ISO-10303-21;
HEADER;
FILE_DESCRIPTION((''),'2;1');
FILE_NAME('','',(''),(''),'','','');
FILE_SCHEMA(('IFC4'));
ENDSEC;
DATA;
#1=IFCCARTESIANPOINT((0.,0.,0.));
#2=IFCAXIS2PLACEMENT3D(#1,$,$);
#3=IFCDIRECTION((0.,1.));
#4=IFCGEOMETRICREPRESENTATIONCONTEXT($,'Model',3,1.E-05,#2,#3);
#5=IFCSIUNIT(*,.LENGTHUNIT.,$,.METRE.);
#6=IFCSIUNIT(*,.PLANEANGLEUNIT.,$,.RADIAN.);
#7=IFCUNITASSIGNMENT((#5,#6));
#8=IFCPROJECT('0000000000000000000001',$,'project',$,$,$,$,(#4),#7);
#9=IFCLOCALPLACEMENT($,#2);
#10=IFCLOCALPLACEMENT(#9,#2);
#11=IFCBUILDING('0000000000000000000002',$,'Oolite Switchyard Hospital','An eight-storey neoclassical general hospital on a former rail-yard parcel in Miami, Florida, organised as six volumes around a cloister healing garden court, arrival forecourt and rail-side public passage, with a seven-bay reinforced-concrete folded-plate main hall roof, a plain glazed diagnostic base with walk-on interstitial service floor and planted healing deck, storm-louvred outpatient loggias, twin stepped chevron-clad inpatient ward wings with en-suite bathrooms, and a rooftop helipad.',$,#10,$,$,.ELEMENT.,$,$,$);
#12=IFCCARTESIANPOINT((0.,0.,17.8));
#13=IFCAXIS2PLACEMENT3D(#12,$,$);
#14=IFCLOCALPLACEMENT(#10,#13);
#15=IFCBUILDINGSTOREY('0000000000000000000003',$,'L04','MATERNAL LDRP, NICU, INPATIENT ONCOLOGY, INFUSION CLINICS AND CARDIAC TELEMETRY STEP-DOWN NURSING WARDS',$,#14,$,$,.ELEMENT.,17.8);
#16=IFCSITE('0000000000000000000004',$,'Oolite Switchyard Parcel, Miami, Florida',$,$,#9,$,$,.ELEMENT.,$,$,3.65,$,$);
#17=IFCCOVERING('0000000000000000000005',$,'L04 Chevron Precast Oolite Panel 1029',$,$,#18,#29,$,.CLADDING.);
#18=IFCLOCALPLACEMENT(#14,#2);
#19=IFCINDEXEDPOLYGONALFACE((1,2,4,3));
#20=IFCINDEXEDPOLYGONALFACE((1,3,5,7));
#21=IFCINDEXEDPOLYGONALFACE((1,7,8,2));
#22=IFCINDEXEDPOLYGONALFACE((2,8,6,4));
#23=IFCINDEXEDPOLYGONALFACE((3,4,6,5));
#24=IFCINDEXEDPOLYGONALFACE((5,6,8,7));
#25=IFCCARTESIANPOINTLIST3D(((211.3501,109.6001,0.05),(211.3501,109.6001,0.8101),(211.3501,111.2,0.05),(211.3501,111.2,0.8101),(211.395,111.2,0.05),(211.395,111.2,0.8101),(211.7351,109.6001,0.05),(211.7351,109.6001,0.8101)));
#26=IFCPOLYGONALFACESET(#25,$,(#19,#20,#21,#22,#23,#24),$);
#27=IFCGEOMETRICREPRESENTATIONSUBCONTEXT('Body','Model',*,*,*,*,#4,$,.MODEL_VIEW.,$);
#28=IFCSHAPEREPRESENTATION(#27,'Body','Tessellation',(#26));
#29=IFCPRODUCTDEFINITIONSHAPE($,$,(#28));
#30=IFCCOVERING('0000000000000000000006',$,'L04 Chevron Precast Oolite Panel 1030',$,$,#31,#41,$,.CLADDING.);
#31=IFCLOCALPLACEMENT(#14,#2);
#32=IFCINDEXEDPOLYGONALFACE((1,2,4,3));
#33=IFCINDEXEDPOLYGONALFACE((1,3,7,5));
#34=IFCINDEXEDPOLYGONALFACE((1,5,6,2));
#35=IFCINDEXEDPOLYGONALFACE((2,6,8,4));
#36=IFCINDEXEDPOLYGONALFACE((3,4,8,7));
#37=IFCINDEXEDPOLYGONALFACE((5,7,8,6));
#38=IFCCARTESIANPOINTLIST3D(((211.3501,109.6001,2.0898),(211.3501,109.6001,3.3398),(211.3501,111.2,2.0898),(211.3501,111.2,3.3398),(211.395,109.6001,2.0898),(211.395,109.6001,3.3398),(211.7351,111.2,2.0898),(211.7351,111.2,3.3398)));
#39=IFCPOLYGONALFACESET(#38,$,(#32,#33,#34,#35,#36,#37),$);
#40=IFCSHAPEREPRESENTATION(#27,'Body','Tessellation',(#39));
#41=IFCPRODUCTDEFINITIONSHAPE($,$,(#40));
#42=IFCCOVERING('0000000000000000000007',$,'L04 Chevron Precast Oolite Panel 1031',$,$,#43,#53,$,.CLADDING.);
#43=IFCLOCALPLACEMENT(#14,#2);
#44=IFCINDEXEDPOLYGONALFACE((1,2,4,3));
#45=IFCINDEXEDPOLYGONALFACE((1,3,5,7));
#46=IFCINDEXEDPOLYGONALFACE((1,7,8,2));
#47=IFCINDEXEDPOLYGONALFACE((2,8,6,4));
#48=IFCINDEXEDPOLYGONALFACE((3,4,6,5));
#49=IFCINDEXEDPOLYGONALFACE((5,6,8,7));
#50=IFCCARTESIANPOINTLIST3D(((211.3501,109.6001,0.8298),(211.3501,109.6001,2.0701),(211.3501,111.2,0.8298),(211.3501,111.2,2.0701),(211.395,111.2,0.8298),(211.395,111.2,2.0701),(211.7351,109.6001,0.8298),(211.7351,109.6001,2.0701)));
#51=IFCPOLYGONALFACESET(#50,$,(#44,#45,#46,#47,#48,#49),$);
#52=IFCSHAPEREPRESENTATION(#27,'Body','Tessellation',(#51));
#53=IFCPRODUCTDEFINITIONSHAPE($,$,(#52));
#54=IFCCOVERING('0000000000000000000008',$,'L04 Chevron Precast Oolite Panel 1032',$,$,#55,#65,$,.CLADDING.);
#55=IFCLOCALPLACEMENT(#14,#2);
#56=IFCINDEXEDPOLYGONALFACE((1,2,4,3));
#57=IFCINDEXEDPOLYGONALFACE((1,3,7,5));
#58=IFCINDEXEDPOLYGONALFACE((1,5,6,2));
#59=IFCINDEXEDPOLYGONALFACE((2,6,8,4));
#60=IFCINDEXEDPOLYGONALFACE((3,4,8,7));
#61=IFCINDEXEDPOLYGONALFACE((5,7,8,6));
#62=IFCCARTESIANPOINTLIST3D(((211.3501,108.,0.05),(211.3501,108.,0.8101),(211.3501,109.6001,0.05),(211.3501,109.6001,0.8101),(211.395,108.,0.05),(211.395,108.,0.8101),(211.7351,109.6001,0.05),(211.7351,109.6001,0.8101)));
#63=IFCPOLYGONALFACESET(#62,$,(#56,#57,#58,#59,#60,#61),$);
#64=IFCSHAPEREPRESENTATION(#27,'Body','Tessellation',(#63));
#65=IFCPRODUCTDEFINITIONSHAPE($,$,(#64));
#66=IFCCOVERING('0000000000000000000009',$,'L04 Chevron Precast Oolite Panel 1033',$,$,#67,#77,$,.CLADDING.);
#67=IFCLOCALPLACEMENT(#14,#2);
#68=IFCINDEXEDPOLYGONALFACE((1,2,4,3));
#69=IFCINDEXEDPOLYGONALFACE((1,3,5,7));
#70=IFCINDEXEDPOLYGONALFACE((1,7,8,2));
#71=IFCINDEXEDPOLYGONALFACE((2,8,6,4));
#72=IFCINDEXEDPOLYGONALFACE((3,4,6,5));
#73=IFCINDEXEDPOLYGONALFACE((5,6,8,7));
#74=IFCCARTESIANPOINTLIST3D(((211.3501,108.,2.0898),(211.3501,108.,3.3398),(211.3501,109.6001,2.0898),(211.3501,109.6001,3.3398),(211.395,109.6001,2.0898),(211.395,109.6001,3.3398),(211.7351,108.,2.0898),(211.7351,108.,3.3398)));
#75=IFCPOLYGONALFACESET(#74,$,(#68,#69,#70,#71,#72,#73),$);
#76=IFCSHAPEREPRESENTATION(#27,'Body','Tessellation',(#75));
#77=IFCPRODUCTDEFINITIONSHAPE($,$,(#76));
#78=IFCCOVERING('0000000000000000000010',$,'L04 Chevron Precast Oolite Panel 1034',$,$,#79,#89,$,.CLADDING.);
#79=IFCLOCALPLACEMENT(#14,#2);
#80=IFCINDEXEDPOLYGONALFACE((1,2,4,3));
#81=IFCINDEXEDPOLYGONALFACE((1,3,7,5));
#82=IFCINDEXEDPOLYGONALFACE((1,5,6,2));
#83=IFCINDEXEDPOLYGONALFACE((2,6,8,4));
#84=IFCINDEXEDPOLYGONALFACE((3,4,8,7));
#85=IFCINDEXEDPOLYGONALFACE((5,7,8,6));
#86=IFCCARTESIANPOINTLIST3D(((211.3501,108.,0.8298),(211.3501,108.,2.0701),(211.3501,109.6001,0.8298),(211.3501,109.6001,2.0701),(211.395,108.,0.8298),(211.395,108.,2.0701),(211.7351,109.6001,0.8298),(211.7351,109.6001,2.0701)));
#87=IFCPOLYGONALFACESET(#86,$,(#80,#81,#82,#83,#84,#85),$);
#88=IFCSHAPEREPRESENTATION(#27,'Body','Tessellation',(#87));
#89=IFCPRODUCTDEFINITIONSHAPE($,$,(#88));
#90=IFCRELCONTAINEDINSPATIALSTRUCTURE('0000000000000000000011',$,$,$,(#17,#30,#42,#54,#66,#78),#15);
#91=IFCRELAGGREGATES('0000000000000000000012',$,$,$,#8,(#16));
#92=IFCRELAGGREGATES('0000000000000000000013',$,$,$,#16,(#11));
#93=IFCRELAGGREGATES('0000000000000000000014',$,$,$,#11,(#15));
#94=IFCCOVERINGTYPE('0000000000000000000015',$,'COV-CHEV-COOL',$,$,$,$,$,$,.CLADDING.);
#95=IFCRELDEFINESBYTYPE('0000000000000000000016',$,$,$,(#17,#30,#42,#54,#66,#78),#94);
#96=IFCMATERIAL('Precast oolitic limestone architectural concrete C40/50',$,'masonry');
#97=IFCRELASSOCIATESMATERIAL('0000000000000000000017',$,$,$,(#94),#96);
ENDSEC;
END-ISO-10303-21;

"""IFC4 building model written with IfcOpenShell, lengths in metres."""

from ifc_helpers import new_model, si_unit, direction, frame, origin, place, context, subcontext, project, spatial, polyline, outline, extrude, material, type_object, element, save


model = new_model("IFC4")

# Units and contexts
model_context = context("Model", 3, precision=1e-05, world=origin(), true_north=direction((0.0, 1.0)))
body_context = subcontext(model_context, "Body", "Model", "MODEL_VIEW")
ifc_project = project(units=[si_unit("LENGTHUNIT", "METRE"), si_unit("PLANEANGLEUNIT", "RADIAN")], contexts=[model_context])

# Site, building, storey
site_placement = place(None, origin())
site = spatial("IfcSite", under=ifc_project, at=site_placement, Name="Oolite Switchyard Parcel, Miami, Florida", CompositionType="ELEMENT", RefElevation=3.65)
building_placement = place(site_placement, origin())
building = spatial("IfcBuilding", under=site, at=building_placement, Name="Oolite Switchyard Hospital", Description="An eight-storey neoclassical general hospital on a former rail-yard parcel in Miami, Florida, organised as six volumes around a cloister healing garden court, arrival forecourt and rail-side public passage, with a seven-bay reinforced-concrete folded-plate main hall roof, a plain glazed diagnostic base with walk-on interstitial service floor and planted healing deck, storm-louvred outpatient loggias, twin stepped chevron-clad inpatient ward wings with en-suite bathrooms, and a rooftop helipad.", CompositionType="ELEMENT")
storey_placement = place(building_placement, frame((0.0, 0.0, 17.8)))
storey = spatial("IfcBuildingStorey", under=building, at=storey_placement, Name="L04", Description="MATERNAL LDRP, NICU, INPATIENT ONCOLOGY, INFUSION CLINICS AND CARDIAC TELEMETRY STEP-DOWN NURSING WARDS", CompositionType="ELEMENT", Elevation=17.8)

# Coverings
ifc_material_1 = material(Name="Precast oolitic limestone architectural concrete C40/50", Category="masonry")
covering_type = type_object("IfcCoveringType", Name="COV-CHEV-COOL", PredefinedType="CLADDING", material=ifc_material_1)
covering_1_placement = place(storey_placement, frame((211.3501, 111.2, 0.05), z_axis=(0.0, 0.0, 1.0), x_axis=(0.0, -1.0, 0.0)))
element("IfcCovering", 1, at=covering_1_placement, inside=storey, type_object=covering_type, Name="L04 Chevron Precast Oolite Panel 1029", PredefinedType="CLADDING", context=body_context, shape_type="SweptSolid", body=[
    extrude(outline(polyline([(0.0, 0.0), (1.5999, 0.0), (1.5999, 0.385), (0.0, 0.0449), (0.0, 0.0)])), origin(), (0.0, 0.0, 1.0), 0.76),
])
covering_2_placement = place(storey_placement, frame((211.3501, 111.2, 2.0898), z_axis=(0.0, 0.0, 1.0), x_axis=(0.0, -1.0, 0.0)))
element("IfcCovering", 2, at=covering_2_placement, inside=storey, type_object=covering_type, Name="L04 Chevron Precast Oolite Panel 1030", PredefinedType="CLADDING", context=body_context, shape_type="SweptSolid", body=[
    extrude(outline(polyline([(0.0, 0.0), (1.5999, 0.0), (1.5999, 0.0449), (0.0, 0.385), (0.0, 0.0)])), origin(), (0.0, 0.0, 1.0), 1.25),
])
covering_3_placement = place(storey_placement, frame((211.3501, 111.2, 0.8298), z_axis=(0.0, 0.0, 1.0), x_axis=(0.0, -1.0, 0.0)))
element("IfcCovering", 3, at=covering_3_placement, inside=storey, type_object=covering_type, Name="L04 Chevron Precast Oolite Panel 1031", PredefinedType="CLADDING", context=body_context, shape_type="SweptSolid", body=[
    extrude(outline(polyline([(0.0, 0.0), (1.5999, 0.0), (1.5999, 0.385), (0.0, 0.0449), (0.0, 0.0)])), origin(), (0.0, 0.0, 1.0), 1.2402),
])
covering_4_placement = place(storey_placement, frame((211.3501, 109.6001, 0.05), z_axis=(0.0, 0.0, 1.0), x_axis=(0.0, -1.0, 0.0)))
element("IfcCovering", 4, at=covering_4_placement, inside=storey, type_object=covering_type, Name="L04 Chevron Precast Oolite Panel 1032", PredefinedType="CLADDING", context=body_context, shape_type="SweptSolid", body=[
    extrude(outline(polyline([(0.0, 0.0), (1.6001, 0.0), (1.6001, 0.0449), (0.0, 0.385), (0.0, 0.0)])), origin(), (0.0, 0.0, 1.0), 0.76),
])
covering_5_placement = place(storey_placement, frame((211.3501, 109.6001, 2.0898), z_axis=(0.0, 0.0, 1.0), x_axis=(0.0, -1.0, 0.0)))
element("IfcCovering", 5, at=covering_5_placement, inside=storey, type_object=covering_type, Name="L04 Chevron Precast Oolite Panel 1033", PredefinedType="CLADDING", context=body_context, shape_type="SweptSolid", body=[
    extrude(outline(polyline([(0.0, 0.0), (1.6001, 0.0), (1.6001, 0.385), (0.0, 0.0449), (0.0, 0.0)])), origin(), (0.0, 0.0, 1.0), 1.25),
])
covering_6_placement = place(storey_placement, frame((211.3501, 109.6001, 0.8298), z_axis=(0.0, 0.0, 1.0), x_axis=(0.0, -1.0, 0.0)))
element("IfcCovering", 6, at=covering_6_placement, inside=storey, type_object=covering_type, Name="L04 Chevron Precast Oolite Panel 1034", PredefinedType="CLADDING", context=body_context, shape_type="SweptSolid", body=[
    extrude(outline(polyline([(0.0, 0.0), (1.6001, 0.0), (1.6001, 0.0449), (0.0, 0.385), (0.0, 0.0)])), origin(), (0.0, 0.0, 1.0), 1.2402),
])

save(model, "model.ifc")
